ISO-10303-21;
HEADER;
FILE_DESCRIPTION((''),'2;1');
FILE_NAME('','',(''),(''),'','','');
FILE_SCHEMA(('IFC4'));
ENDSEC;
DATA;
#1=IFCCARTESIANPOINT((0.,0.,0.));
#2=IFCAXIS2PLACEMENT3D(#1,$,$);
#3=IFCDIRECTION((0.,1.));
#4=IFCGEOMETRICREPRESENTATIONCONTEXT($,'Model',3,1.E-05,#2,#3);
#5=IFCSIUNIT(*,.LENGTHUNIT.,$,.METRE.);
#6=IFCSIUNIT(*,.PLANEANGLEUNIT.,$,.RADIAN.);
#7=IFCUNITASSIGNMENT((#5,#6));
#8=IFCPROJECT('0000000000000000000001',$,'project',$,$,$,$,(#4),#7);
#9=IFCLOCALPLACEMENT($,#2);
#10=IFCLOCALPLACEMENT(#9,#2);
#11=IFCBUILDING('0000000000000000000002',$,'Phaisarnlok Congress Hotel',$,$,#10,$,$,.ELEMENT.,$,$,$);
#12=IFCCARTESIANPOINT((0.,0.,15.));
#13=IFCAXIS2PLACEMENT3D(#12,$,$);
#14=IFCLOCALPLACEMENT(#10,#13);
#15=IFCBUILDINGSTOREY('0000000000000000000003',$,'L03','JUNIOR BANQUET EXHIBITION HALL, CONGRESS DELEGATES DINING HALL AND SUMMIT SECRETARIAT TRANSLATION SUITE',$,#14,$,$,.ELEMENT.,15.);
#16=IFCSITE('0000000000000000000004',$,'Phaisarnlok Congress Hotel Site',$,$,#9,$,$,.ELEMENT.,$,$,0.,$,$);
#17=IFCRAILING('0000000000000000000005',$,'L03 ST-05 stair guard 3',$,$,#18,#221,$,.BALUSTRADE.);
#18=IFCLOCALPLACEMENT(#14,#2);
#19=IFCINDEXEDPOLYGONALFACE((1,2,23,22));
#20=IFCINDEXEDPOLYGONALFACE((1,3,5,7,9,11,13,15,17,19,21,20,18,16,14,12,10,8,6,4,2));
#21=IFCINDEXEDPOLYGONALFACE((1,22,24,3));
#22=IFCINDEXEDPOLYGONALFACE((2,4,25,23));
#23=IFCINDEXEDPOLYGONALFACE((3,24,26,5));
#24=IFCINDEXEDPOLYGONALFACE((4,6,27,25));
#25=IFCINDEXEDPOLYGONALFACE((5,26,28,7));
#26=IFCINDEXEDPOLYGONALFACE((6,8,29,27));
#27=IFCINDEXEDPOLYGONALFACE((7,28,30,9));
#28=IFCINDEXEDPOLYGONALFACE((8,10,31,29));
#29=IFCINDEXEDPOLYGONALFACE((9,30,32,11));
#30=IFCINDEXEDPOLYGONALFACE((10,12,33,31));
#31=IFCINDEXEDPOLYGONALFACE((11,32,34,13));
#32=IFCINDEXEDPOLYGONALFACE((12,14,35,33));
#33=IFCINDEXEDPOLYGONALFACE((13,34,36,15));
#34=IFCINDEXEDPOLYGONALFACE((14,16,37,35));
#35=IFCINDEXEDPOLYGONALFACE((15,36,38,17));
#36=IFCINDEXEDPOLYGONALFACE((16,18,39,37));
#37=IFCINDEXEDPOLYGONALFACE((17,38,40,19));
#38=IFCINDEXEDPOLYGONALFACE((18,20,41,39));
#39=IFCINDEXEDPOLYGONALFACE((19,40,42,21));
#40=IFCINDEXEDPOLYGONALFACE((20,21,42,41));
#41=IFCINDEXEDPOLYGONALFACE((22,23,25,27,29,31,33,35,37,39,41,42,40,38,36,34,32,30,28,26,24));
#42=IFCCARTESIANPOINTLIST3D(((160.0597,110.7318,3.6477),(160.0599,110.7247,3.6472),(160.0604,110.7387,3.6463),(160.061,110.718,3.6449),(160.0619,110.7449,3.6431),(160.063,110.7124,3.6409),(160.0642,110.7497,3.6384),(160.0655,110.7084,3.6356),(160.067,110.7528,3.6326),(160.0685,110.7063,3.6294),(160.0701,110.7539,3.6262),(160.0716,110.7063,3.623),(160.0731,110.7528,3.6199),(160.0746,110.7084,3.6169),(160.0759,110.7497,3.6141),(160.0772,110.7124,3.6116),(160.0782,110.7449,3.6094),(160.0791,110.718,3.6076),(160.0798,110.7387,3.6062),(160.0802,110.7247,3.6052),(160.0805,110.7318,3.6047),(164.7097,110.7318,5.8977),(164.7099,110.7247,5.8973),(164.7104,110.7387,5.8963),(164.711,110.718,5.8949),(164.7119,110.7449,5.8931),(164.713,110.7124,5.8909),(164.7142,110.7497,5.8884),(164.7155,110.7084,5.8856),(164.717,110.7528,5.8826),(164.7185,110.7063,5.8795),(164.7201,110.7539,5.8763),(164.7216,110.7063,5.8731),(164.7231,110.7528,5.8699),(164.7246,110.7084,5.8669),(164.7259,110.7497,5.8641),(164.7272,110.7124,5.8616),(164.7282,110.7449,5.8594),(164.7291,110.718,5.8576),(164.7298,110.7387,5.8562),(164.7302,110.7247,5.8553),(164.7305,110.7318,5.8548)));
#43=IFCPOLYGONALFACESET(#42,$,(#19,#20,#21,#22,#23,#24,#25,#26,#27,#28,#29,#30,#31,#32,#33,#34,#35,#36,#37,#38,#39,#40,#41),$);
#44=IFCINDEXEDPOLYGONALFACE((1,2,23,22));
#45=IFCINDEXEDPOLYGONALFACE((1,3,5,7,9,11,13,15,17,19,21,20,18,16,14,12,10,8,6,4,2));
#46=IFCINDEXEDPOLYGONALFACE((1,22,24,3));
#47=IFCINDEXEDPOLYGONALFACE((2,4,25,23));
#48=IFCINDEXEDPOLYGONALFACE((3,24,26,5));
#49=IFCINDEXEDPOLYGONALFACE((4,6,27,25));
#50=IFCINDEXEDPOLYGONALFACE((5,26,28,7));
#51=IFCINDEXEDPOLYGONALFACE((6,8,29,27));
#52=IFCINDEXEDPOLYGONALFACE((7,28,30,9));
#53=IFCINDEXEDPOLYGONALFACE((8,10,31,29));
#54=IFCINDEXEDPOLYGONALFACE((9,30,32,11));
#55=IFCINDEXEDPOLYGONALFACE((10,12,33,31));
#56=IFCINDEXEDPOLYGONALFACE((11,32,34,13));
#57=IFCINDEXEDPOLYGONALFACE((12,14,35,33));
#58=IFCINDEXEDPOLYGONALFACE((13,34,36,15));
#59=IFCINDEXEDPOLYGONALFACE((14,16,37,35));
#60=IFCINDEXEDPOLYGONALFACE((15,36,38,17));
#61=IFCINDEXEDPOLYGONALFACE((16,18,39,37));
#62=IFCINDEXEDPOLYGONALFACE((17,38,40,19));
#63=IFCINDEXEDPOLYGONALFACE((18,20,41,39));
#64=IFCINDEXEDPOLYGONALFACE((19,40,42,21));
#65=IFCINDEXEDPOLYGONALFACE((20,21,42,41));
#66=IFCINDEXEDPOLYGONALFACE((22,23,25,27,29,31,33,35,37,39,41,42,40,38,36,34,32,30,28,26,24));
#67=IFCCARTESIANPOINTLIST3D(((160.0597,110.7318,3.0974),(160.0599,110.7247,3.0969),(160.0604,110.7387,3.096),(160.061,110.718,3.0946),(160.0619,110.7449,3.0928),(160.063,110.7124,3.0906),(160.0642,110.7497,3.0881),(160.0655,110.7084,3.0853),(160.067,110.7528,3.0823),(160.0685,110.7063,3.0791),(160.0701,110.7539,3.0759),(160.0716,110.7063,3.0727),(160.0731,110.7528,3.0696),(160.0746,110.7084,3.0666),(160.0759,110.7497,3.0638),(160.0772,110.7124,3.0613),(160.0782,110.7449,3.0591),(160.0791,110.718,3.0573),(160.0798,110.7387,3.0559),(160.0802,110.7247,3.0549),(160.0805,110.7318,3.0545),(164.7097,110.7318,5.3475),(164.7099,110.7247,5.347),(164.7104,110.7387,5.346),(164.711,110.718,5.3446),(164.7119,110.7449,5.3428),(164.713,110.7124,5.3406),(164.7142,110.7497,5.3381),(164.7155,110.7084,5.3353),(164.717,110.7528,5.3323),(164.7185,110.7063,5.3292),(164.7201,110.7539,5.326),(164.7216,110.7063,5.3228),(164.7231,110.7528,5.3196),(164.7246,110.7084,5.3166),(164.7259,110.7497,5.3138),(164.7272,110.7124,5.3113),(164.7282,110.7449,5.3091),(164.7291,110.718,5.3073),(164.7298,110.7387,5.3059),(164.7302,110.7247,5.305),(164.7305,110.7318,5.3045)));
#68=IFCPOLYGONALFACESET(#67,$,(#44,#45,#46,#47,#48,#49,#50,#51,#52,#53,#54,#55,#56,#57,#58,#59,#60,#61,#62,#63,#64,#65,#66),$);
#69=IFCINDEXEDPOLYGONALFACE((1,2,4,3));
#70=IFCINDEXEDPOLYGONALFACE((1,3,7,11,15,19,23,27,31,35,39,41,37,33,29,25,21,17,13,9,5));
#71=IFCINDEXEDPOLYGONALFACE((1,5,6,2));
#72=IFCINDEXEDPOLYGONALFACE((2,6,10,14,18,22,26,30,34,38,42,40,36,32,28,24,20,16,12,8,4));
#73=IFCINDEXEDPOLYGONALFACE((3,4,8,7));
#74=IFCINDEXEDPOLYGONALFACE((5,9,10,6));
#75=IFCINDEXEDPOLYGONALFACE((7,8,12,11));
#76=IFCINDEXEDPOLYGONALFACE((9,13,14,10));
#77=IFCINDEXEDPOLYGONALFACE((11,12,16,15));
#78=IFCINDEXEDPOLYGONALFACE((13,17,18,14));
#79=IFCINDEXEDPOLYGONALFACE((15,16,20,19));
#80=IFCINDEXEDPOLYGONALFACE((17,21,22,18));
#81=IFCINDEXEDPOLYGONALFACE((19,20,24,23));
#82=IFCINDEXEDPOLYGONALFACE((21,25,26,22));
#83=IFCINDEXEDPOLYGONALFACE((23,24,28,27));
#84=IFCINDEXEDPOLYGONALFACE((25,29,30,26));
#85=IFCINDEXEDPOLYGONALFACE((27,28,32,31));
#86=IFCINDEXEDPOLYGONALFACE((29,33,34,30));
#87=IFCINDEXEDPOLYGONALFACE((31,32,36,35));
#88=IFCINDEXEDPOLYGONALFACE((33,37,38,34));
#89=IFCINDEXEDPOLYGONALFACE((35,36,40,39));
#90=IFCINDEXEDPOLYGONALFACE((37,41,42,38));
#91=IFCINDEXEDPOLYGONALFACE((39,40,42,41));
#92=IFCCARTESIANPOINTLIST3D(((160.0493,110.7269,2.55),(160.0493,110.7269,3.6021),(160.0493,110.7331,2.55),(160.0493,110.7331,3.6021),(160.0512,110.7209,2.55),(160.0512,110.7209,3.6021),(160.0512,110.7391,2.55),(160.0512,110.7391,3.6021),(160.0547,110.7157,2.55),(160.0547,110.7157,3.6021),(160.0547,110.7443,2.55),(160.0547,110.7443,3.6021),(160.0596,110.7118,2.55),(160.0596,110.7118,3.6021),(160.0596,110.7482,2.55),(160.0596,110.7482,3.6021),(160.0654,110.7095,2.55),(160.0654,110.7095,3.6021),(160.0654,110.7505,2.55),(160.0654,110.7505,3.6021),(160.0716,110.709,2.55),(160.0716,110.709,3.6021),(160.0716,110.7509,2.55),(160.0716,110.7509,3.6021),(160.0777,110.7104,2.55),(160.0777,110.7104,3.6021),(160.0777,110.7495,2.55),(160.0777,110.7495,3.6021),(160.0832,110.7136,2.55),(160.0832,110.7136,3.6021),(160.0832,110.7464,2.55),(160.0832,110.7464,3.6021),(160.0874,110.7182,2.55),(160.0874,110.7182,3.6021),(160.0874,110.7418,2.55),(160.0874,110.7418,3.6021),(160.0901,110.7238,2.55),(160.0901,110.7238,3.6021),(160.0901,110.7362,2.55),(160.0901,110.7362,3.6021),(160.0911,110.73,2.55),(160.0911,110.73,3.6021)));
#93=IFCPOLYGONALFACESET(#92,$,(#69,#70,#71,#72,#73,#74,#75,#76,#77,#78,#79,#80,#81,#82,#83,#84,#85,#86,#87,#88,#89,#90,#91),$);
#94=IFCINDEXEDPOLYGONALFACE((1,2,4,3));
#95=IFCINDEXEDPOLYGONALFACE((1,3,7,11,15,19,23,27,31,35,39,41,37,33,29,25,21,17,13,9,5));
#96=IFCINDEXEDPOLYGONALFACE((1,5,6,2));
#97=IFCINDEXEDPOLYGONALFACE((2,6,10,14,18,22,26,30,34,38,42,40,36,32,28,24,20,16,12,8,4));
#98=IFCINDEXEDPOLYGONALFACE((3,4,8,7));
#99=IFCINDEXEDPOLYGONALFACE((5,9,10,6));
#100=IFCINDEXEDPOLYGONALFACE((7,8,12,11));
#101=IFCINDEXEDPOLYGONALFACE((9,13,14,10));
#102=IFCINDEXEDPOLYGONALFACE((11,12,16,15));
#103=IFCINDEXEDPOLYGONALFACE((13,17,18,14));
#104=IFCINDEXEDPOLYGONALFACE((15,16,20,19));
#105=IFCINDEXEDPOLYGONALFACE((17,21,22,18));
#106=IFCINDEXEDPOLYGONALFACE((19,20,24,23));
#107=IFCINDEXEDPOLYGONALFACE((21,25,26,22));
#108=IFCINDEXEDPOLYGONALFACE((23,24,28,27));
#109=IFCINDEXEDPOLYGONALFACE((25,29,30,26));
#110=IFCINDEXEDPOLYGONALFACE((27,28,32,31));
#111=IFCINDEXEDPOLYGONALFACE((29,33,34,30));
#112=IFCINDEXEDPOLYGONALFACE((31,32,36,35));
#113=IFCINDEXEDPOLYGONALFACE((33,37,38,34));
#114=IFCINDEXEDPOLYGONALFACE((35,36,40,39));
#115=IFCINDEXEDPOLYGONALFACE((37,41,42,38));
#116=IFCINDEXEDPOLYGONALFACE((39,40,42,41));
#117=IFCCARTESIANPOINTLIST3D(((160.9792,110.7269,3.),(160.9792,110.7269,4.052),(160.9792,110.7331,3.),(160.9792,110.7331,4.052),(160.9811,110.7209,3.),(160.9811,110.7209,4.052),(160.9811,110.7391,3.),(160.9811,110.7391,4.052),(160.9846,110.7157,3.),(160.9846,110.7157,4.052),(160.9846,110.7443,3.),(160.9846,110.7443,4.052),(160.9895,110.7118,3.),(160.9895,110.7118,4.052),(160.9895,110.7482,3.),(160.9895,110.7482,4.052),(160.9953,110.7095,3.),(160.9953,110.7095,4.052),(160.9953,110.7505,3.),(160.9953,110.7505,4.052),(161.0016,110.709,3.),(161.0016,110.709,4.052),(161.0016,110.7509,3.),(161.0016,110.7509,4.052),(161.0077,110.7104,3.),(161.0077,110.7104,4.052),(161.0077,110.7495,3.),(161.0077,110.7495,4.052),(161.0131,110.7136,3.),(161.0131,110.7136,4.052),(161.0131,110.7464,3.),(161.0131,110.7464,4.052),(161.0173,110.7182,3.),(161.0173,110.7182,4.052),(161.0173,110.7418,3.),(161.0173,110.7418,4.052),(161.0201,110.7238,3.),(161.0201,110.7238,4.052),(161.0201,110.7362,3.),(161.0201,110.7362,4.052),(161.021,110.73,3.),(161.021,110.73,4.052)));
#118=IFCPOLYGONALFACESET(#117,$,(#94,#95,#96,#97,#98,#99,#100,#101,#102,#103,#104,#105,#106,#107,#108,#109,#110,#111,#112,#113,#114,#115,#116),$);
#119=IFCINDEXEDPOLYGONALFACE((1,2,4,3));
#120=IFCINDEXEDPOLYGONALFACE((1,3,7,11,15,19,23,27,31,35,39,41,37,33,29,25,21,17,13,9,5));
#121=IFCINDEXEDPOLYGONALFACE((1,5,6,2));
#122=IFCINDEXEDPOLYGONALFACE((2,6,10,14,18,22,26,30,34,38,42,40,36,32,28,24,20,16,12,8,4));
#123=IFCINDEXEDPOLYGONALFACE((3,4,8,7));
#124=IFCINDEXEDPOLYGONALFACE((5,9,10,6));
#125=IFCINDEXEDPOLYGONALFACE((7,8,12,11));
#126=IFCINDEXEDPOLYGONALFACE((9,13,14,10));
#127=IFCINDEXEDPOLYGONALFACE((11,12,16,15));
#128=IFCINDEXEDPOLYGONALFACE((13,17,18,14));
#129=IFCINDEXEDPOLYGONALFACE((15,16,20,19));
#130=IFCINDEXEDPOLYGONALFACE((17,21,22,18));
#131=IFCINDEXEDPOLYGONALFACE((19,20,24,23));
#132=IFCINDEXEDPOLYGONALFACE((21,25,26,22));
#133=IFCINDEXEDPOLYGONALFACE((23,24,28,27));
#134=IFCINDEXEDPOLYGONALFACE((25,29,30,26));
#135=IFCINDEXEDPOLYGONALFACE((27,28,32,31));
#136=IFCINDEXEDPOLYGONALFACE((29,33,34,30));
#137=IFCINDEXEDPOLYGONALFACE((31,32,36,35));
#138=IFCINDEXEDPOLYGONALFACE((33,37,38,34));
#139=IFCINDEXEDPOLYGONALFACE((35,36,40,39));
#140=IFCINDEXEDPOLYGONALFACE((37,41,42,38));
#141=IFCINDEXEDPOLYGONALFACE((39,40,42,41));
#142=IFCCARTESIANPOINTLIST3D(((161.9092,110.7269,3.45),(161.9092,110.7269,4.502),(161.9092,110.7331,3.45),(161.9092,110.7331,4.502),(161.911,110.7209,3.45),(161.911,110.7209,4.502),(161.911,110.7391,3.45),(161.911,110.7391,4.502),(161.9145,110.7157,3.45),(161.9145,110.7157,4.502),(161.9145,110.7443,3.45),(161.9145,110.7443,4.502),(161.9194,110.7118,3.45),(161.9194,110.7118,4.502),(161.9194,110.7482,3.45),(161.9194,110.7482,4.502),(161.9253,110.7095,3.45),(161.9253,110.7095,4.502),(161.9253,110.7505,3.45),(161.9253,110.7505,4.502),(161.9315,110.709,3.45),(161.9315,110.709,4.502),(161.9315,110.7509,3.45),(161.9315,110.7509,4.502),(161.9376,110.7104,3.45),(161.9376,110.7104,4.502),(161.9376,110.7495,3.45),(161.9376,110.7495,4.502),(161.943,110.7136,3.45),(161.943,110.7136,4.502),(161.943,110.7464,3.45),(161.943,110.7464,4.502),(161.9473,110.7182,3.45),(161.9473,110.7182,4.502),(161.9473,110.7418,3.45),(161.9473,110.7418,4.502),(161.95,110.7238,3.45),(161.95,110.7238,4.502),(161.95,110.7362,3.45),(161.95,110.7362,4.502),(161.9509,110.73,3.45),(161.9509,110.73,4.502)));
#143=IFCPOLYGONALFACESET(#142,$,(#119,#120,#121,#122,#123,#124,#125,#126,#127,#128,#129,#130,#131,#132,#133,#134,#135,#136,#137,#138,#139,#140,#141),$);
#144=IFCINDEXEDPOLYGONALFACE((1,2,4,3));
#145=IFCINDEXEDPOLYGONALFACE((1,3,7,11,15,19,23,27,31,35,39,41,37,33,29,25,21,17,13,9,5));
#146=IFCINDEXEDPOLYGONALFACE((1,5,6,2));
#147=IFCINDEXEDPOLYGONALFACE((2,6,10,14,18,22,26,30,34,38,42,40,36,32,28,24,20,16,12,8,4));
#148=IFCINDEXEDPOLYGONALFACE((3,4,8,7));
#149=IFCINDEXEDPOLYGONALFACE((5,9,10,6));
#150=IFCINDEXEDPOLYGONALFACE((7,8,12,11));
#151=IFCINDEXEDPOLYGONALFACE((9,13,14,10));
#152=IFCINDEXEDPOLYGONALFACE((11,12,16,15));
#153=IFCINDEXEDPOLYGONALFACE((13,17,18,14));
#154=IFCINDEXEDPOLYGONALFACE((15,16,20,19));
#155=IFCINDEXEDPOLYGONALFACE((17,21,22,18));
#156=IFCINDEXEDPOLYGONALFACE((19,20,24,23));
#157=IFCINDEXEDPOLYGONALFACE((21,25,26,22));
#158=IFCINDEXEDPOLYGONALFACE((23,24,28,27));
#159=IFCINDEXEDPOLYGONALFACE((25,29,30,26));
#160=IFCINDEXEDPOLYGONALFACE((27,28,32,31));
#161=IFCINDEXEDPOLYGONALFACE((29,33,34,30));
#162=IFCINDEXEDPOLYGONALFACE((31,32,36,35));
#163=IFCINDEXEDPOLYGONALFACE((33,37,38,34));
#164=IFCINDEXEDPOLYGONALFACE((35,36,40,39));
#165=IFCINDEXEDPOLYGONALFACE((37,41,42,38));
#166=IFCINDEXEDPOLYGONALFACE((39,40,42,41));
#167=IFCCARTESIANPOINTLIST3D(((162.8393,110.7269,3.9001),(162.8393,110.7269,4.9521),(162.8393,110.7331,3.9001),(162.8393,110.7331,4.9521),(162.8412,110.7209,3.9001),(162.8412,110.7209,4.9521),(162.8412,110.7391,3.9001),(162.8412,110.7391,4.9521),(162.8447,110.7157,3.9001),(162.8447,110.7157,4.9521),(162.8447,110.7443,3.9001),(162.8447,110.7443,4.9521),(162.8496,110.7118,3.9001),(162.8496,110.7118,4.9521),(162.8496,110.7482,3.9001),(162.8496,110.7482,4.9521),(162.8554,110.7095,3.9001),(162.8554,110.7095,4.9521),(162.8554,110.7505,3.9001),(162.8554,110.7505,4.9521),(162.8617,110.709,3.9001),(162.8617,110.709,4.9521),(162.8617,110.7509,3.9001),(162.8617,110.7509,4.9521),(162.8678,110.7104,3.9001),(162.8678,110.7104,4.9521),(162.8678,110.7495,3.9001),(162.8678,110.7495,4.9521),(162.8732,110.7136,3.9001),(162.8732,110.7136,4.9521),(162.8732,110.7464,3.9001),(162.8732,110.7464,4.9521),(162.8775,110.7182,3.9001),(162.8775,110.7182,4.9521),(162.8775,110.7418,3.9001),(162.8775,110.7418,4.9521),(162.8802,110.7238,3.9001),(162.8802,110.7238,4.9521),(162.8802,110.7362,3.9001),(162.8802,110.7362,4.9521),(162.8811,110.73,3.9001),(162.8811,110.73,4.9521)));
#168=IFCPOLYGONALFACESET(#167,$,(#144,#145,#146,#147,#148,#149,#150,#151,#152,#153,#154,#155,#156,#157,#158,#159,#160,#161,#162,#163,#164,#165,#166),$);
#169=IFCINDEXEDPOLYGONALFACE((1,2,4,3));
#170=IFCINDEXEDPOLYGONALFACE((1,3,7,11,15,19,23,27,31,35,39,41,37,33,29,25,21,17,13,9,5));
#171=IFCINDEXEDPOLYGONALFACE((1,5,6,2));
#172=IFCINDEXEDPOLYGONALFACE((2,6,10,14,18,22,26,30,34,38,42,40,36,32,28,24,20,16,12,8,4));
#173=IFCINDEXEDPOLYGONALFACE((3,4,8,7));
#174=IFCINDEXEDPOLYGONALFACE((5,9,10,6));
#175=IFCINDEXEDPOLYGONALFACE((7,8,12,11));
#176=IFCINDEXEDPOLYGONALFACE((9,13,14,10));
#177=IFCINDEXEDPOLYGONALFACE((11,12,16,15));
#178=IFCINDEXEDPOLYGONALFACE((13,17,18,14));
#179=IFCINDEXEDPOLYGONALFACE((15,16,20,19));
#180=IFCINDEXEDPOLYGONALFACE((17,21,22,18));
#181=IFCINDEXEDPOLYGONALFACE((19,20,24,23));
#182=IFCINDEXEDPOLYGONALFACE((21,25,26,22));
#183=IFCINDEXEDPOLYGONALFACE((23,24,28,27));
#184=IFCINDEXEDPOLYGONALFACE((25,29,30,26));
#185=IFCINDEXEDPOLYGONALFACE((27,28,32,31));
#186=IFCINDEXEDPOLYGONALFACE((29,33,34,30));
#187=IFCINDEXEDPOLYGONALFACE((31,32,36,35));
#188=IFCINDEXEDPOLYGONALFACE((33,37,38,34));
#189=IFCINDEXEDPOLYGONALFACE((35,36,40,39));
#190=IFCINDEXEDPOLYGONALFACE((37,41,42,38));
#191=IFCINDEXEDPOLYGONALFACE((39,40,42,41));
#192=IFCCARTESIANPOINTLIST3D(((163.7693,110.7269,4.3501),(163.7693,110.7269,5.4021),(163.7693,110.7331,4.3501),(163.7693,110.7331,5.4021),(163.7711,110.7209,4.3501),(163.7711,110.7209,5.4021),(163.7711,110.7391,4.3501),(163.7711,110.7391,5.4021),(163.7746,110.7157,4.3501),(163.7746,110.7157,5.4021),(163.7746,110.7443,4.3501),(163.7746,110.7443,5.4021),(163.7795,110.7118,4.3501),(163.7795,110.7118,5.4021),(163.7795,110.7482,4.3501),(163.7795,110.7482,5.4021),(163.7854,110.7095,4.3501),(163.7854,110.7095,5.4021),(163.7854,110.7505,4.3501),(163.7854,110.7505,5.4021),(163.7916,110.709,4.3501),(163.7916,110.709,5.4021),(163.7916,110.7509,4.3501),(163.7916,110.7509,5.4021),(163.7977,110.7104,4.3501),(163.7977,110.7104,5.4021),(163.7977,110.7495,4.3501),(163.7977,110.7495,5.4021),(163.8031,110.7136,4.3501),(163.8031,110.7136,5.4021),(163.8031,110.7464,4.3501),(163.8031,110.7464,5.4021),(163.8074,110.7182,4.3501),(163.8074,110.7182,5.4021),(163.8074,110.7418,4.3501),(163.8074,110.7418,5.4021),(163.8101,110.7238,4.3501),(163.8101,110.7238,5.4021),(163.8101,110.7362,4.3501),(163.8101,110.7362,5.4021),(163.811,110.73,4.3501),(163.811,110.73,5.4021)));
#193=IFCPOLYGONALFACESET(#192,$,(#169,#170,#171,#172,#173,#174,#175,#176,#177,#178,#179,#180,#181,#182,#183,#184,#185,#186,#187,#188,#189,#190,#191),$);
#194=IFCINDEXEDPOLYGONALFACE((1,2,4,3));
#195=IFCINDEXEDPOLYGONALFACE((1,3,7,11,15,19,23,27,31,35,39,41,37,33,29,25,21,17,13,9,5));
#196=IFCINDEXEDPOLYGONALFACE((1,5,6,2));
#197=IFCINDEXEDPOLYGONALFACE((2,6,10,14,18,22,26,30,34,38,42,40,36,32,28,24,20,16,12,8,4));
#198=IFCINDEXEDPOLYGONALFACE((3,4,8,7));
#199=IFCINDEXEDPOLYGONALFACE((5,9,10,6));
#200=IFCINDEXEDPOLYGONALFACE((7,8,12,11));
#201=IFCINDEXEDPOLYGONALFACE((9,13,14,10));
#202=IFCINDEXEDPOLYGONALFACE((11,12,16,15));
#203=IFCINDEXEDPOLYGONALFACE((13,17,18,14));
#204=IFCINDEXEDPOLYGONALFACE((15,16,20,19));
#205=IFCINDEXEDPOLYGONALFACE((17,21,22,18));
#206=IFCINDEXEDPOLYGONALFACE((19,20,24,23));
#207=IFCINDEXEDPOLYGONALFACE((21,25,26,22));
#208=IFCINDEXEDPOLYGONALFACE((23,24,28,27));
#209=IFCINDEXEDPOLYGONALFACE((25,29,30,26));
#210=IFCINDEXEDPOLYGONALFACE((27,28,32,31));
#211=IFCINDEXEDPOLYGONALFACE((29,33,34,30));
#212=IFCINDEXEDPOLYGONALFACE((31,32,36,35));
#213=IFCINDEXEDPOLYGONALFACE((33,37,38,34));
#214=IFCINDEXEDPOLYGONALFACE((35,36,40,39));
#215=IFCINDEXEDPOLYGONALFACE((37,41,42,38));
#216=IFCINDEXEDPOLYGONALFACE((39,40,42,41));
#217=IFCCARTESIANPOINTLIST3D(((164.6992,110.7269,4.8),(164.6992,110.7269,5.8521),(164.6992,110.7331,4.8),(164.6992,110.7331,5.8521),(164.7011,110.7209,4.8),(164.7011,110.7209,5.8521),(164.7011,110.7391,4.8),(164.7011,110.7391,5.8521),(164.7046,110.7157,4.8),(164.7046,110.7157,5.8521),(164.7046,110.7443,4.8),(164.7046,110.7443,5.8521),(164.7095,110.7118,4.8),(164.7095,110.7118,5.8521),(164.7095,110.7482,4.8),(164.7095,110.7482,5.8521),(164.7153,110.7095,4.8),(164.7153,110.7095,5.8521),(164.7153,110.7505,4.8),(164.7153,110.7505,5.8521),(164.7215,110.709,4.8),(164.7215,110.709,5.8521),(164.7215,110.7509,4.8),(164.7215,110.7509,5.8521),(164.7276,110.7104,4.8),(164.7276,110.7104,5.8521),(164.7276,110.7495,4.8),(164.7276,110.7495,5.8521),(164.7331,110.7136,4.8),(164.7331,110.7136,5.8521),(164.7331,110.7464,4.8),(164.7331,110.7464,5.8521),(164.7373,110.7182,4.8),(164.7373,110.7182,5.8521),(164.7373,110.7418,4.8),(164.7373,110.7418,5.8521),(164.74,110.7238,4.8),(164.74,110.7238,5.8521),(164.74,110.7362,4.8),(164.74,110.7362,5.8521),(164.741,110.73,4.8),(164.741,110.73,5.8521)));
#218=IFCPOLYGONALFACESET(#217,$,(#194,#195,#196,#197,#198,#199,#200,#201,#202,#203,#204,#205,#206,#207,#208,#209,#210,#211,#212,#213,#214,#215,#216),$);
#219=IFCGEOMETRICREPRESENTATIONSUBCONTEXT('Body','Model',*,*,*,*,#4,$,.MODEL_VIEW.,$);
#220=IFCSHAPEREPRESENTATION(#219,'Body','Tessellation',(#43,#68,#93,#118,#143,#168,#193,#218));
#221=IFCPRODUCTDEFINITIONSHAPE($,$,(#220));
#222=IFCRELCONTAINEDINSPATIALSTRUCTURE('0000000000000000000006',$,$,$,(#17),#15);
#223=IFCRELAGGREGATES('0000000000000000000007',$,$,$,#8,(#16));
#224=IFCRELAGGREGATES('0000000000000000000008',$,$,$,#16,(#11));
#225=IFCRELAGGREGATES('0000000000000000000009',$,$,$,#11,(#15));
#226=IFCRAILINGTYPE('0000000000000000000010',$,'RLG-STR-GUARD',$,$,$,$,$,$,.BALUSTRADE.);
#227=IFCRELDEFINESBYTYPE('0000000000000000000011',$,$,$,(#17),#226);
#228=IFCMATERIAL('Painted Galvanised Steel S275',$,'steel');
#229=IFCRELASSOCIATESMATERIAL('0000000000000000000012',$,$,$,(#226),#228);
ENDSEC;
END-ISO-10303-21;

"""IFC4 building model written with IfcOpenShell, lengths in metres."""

from ifc_helpers import new_model, si_unit, direction, frame, origin, origin_2d, place, context, subcontext, project, spatial, circle, extrude, material, type_object, element, save


model = new_model("IFC4")

# Units and contexts
model_context = context("Model", 3, precision=1e-05, world=origin(), true_north=direction((0.0, 1.0)))
body_context = subcontext(model_context, "Body", "Model", "MODEL_VIEW")
ifc_project = project(units=[si_unit("LENGTHUNIT", "METRE"), si_unit("PLANEANGLEUNIT", "RADIAN")], contexts=[model_context])

# Site, building, storey
site_placement = place(None, origin())
site = spatial("IfcSite", under=ifc_project, at=site_placement, Name="Phaisarnlok Congress Hotel Site", CompositionType="ELEMENT", RefElevation=0.0)
building_placement = place(site_placement, origin())
building = spatial("IfcBuilding", under=site, at=building_placement, Name="Phaisarnlok Congress Hotel", CompositionType="ELEMENT")
storey_placement = place(building_placement, frame((0.0, 0.0, 15.0)))
storey = spatial("IfcBuildingStorey", under=building, at=storey_placement, Name="L03", Description="JUNIOR BANQUET EXHIBITION HALL, CONGRESS DELEGATES DINING HALL AND SUMMIT SECRETARIAT TRANSLATION SUITE", CompositionType="ELEMENT", Elevation=15.0)

# Railing
ifc_material_1 = material(Name="Painted Galvanised Steel S275", Category="steel")
railing_type_1 = type_object("IfcRailingType", Name="RLG-STR-GUARD", PredefinedType="BALUSTRADE", material=ifc_material_1)
railing_1_placement = place(storey_placement, frame((160.0701, 110.73, 2.55)))
element("IfcRailing", 1, at=railing_1_placement, inside=storey, type_object=railing_type_1, Name="L03 ST-05 stair guard 3", PredefinedType="BALUSTRADE", context=body_context, shape_type="SweptSolid", body=[
    extrude(circle(Radius=0.0239, at=origin_2d()), frame((0.0, 0.0, 1.0762), z_axis=(0.900156, 0.0, 0.435568), x_axis=(0.0, 1.0, 0.0)), (0.0, 0.0, 1.0), 5.1658),
    extrude(circle(Radius=0.0239, at=origin_2d()), frame((0.0, 0.0, 0.5259), z_axis=(0.900156, 0.0, 0.435568), x_axis=(0.0, 1.0, 0.0)), (0.0, 0.0, 1.0), 5.1658),
    extrude(circle(Radius=0.021, at=origin_2d()), origin(), (0.0, 0.0, 1.0), 1.052),
    extrude(circle(Radius=0.021, at=origin_2d()), frame((0.9299, 0.0, 0.45)), (0.0, 0.0, 1.0), 1.052),
    extrude(circle(Radius=0.021, at=origin_2d()), frame((1.8599, 0.0, 0.8999)), (0.0, 0.0, 1.0), 1.052),
    extrude(circle(Radius=0.021, at=origin_2d()), frame((2.79, 0.0, 1.3501)), (0.0, 0.0, 1.0), 1.052),
    extrude(circle(Radius=0.021, at=origin_2d()), frame((3.72, 0.0, 1.8)), (0.0, 0.0, 1.0), 1.052),
    extrude(circle(Radius=0.021, at=origin_2d()), frame((4.6499, 0.0, 2.25)), (0.0, 0.0, 1.0), 1.052),
])

save(model, "model.ifc")
